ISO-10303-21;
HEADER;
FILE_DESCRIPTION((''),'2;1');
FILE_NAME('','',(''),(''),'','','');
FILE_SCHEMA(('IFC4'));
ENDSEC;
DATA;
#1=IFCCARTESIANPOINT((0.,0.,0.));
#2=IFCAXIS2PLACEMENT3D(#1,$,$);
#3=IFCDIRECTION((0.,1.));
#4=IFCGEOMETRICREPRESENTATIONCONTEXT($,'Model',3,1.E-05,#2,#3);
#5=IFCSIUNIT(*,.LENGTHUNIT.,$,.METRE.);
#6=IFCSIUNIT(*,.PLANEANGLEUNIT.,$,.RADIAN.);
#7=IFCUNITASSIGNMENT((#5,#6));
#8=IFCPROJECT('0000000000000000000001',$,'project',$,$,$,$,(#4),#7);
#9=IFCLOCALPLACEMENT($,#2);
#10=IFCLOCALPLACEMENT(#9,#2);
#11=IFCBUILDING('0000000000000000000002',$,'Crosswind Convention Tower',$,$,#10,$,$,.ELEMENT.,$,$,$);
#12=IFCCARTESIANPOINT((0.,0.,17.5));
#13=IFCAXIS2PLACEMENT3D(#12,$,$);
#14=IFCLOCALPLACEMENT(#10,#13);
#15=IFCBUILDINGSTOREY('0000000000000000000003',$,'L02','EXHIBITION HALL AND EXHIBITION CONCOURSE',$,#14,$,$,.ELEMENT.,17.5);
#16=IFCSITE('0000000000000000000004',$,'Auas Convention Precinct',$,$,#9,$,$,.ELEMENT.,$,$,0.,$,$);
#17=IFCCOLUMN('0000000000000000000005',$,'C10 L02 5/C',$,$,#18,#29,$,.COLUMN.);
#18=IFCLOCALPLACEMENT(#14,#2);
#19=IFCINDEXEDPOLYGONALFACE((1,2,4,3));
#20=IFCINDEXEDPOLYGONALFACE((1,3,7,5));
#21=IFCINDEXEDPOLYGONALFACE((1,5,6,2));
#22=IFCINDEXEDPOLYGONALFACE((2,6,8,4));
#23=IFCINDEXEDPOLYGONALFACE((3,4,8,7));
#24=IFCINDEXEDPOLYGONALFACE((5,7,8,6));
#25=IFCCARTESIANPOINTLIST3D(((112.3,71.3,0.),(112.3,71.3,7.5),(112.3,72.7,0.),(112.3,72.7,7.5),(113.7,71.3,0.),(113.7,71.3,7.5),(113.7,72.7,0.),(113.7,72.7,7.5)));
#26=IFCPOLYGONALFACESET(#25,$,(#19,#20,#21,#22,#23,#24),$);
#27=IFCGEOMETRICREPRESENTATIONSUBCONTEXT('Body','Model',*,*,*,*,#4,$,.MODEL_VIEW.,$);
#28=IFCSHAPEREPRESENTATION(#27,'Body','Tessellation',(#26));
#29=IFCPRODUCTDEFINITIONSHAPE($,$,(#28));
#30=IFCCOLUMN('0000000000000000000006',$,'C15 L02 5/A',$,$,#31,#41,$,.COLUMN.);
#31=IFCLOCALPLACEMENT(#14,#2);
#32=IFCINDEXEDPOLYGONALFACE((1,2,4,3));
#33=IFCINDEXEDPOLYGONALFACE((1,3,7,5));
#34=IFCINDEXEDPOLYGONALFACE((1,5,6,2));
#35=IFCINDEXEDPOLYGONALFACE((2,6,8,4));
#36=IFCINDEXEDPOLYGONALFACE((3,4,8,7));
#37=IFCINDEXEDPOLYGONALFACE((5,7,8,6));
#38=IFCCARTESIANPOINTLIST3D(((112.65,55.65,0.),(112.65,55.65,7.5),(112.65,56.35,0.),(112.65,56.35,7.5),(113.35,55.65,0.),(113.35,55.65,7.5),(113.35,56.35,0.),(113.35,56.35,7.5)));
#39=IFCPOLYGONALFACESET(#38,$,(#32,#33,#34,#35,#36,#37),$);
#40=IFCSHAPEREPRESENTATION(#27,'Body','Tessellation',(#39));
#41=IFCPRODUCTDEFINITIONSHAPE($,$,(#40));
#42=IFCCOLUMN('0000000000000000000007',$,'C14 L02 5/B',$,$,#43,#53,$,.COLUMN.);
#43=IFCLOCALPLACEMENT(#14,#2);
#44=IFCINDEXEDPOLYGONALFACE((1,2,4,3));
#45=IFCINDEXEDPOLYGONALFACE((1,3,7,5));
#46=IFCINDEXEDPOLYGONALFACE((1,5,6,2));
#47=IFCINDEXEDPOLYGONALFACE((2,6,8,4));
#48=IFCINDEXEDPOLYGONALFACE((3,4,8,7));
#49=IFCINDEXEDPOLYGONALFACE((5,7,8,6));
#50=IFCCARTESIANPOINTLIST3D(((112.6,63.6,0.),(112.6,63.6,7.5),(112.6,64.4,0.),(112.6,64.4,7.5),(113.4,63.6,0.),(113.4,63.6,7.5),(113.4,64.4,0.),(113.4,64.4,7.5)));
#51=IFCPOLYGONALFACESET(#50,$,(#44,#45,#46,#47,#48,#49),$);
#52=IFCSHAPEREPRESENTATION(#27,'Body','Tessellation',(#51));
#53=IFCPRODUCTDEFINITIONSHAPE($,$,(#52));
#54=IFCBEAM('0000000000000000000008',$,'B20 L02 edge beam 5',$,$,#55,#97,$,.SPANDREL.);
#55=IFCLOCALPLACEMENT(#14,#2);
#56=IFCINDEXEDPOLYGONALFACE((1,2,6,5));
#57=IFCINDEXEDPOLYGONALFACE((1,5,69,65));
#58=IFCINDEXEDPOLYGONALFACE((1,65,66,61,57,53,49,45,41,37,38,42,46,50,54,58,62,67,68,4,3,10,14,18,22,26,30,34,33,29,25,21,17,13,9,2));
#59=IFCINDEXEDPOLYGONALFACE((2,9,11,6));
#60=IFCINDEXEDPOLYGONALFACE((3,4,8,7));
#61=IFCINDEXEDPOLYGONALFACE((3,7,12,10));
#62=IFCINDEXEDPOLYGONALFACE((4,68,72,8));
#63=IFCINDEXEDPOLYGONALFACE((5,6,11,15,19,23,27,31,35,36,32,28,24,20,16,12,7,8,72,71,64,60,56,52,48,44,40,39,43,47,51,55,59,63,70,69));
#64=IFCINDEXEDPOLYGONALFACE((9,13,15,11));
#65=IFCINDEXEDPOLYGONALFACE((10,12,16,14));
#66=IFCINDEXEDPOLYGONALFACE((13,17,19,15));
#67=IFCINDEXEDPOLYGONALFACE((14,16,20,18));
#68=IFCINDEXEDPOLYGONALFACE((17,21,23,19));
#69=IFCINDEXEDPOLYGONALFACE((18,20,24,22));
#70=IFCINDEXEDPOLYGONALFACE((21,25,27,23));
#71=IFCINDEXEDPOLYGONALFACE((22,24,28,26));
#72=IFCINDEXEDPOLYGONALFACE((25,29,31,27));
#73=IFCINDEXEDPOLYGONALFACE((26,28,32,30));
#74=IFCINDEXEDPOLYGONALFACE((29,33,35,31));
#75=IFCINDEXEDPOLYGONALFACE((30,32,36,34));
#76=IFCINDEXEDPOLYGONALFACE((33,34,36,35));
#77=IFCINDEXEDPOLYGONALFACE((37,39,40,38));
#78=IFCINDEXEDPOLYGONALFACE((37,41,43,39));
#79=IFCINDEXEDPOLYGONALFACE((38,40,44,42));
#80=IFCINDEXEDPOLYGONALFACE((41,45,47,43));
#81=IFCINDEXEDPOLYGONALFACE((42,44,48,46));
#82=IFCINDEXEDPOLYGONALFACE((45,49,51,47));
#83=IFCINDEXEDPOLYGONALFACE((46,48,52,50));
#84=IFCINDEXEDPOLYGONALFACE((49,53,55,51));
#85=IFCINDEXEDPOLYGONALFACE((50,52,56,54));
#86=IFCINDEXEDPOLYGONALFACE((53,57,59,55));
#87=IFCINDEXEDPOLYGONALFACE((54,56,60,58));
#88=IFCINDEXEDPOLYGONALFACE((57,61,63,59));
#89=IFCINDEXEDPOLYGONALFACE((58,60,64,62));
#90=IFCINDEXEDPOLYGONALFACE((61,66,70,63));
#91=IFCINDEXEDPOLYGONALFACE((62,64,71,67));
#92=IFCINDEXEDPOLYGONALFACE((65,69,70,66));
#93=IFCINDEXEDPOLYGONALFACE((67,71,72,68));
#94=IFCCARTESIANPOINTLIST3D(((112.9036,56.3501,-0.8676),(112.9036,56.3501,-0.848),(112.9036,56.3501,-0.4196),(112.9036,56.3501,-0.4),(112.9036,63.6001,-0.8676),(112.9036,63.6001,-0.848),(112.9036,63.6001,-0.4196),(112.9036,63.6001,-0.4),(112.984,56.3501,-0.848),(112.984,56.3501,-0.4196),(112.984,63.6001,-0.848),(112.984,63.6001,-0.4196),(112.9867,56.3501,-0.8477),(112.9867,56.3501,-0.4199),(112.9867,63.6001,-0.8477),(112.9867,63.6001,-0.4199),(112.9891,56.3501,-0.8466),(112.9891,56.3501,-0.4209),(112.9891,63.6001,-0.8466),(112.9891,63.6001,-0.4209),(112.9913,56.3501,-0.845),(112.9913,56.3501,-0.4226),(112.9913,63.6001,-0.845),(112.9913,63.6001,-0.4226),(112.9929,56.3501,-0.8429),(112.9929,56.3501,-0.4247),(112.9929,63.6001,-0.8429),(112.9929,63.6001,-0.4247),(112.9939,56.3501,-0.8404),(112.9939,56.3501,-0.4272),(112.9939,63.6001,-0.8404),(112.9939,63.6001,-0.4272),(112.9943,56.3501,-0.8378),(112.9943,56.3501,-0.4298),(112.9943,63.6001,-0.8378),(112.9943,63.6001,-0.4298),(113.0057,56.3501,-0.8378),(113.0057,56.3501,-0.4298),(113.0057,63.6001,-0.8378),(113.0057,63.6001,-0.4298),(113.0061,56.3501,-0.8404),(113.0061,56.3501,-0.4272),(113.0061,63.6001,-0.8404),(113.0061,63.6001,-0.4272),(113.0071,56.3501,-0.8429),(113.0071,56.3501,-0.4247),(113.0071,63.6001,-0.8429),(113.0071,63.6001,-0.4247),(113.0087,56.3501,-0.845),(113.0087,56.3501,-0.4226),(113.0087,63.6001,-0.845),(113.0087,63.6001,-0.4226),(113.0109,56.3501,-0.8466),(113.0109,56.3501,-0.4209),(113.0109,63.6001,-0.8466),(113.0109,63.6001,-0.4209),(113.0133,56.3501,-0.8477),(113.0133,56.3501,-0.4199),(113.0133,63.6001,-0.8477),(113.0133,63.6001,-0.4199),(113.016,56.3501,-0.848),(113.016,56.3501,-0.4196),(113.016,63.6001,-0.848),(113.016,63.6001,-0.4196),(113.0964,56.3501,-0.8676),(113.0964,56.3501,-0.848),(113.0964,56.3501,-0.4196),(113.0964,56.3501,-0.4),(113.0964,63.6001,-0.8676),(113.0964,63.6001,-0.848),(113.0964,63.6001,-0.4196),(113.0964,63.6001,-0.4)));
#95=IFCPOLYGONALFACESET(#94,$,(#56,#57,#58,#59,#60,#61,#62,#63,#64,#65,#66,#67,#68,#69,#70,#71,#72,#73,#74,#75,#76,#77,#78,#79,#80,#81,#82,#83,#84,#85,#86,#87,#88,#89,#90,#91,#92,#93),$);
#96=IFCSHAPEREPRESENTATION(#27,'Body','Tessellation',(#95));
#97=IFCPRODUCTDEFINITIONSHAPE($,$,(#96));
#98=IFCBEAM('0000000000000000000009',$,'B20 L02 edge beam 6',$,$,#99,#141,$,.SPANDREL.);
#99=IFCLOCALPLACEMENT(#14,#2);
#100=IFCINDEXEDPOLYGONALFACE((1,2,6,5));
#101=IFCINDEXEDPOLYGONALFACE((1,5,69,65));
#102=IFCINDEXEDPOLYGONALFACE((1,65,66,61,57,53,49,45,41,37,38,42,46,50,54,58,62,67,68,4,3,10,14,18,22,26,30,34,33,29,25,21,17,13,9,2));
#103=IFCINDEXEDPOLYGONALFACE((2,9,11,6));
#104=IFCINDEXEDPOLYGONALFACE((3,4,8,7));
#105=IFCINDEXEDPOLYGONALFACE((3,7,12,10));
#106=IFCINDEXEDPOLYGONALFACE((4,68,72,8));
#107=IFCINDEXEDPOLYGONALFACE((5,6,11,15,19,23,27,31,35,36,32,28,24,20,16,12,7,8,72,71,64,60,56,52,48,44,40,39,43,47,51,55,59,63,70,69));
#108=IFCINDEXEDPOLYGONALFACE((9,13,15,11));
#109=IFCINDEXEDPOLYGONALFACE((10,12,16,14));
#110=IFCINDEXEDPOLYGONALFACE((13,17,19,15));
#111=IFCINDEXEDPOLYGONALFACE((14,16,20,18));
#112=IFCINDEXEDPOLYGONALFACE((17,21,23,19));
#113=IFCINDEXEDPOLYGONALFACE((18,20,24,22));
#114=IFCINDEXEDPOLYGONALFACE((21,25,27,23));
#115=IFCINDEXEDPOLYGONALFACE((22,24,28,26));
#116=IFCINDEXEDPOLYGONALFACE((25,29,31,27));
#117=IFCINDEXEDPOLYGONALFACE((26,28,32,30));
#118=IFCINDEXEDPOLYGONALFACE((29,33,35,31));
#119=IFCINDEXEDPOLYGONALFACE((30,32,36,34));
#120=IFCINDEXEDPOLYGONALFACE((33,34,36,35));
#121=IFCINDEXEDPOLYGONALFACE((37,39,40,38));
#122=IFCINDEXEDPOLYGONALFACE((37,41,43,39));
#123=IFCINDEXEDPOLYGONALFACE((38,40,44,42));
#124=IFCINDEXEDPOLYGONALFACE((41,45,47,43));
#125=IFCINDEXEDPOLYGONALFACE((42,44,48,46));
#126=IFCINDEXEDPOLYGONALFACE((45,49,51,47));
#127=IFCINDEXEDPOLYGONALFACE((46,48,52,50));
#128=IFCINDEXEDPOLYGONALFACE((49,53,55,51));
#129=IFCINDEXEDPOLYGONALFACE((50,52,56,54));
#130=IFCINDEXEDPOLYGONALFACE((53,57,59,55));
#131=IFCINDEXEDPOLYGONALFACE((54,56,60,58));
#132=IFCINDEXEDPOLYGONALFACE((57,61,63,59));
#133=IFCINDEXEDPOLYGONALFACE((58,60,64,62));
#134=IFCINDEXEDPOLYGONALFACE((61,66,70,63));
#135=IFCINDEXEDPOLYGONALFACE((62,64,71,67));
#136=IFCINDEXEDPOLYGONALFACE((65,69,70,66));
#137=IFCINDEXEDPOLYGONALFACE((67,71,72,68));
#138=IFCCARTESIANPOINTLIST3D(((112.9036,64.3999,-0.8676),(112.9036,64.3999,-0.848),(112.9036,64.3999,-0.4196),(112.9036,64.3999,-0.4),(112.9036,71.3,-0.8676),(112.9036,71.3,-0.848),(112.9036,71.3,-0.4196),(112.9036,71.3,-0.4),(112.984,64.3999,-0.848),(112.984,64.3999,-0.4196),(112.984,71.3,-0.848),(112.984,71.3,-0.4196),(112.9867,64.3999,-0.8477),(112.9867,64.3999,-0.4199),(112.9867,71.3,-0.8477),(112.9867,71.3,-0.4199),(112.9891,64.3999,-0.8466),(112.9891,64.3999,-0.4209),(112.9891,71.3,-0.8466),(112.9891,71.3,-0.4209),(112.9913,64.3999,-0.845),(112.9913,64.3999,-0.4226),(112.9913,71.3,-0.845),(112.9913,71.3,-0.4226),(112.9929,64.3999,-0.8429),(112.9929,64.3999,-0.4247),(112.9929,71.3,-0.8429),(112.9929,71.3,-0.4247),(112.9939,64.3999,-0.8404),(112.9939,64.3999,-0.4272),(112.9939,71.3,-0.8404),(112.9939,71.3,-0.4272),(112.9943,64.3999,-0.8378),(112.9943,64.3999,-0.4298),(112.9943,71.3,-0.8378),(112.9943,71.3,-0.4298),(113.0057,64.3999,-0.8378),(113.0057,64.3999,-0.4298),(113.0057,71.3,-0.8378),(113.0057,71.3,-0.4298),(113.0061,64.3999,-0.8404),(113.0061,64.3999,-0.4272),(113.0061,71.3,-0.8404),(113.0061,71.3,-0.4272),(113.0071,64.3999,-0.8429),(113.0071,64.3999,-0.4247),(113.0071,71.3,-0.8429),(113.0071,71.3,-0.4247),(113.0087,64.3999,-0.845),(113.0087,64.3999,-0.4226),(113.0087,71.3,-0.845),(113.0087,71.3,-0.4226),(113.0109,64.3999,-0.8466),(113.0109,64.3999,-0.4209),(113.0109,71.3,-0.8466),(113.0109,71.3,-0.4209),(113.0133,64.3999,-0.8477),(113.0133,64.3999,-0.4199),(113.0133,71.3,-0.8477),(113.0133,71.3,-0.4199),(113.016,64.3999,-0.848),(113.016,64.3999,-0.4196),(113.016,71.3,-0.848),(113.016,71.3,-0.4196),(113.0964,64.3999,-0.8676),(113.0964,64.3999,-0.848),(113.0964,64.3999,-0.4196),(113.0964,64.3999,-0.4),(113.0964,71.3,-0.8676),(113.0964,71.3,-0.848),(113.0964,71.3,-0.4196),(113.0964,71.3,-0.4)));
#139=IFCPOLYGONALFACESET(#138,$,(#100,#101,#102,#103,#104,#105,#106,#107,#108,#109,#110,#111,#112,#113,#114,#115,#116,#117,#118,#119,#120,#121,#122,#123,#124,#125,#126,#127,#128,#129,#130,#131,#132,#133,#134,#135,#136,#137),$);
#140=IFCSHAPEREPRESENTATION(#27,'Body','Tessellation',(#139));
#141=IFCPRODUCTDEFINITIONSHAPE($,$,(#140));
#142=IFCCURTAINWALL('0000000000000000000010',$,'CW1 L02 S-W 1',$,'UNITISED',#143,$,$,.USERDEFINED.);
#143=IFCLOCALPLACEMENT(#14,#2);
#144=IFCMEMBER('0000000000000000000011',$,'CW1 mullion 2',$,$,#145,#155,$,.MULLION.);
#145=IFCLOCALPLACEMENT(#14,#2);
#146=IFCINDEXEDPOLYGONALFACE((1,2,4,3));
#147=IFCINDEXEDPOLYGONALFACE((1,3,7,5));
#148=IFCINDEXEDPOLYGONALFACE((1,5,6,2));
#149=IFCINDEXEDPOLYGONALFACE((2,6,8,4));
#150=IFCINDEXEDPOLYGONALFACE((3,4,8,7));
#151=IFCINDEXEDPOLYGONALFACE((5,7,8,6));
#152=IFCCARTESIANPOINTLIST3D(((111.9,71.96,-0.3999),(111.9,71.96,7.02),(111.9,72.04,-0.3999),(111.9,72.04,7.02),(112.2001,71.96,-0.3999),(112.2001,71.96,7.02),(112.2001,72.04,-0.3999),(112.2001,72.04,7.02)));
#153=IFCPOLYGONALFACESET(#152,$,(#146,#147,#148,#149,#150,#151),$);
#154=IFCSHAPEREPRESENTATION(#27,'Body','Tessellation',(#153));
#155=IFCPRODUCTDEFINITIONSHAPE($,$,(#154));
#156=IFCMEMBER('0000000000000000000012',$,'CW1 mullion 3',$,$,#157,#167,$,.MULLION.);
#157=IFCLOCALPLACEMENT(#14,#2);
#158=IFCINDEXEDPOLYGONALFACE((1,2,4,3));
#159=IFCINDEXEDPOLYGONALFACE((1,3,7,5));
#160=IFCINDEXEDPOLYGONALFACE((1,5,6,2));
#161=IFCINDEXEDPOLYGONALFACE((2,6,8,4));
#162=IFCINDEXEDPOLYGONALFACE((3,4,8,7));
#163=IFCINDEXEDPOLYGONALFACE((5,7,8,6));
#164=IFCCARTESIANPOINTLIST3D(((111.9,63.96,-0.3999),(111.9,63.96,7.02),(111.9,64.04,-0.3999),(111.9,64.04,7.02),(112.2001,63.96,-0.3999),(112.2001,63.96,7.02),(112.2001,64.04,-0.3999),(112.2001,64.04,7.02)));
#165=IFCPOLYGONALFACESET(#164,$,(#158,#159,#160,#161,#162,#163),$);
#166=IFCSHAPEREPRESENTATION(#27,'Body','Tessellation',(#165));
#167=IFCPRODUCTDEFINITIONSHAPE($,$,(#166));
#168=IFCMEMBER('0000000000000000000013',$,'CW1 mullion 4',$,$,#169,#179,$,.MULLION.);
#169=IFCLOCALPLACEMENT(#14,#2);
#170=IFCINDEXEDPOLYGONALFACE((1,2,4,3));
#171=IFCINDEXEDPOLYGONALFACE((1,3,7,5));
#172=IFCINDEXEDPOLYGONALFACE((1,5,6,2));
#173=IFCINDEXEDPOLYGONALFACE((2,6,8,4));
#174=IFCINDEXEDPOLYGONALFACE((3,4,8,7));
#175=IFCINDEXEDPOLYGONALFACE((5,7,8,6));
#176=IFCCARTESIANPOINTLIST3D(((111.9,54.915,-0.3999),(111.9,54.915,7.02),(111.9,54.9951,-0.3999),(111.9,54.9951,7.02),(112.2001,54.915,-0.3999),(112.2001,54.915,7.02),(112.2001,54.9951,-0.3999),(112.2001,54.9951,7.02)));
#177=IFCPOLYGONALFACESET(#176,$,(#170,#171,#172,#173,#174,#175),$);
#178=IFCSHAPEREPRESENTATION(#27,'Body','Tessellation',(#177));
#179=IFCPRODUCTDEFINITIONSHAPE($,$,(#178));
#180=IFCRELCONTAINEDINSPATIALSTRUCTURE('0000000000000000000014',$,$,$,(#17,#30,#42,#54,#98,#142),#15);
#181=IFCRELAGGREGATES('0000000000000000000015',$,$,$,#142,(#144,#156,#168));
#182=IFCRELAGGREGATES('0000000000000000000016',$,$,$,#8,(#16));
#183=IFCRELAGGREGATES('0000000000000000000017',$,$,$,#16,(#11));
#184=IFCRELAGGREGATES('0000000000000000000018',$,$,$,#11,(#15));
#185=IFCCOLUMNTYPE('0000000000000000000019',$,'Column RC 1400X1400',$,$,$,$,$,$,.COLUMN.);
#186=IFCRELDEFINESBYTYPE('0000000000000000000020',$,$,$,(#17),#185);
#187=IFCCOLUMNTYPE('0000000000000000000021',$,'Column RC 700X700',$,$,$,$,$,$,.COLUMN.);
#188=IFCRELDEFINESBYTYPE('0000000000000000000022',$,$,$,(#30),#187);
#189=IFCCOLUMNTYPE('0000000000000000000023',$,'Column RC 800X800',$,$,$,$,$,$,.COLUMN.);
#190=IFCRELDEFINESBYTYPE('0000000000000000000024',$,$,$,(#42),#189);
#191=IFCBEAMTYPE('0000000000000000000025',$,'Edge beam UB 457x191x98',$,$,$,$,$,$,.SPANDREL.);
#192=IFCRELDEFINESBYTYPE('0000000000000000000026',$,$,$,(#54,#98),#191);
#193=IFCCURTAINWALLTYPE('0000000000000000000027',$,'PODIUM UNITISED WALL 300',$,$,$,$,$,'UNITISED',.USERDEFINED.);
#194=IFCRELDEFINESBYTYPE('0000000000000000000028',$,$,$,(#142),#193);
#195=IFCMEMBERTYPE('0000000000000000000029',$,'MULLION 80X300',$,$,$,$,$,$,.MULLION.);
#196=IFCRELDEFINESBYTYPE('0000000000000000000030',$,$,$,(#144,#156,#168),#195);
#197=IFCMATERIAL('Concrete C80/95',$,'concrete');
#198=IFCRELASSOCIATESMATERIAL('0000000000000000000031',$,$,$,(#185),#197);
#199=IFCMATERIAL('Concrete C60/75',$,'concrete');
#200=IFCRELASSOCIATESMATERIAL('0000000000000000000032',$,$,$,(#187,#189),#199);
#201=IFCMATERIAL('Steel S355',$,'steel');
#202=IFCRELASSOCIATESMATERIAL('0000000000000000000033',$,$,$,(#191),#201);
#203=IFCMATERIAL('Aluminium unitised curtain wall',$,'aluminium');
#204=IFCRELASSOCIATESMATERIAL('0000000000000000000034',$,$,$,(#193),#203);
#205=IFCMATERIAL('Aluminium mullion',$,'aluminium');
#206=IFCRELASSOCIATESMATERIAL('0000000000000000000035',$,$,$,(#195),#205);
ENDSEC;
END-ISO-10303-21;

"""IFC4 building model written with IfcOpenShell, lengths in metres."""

from ifc_helpers import new_model, si_unit, direction, frame, origin, origin_2d, place, context, subcontext, project, spatial, rectangle, i_section, extrude, material, material_profile, profile_set, type_object, element, aggregate, save


model = new_model("IFC4")

# Units and contexts
model_context = context("Model", 3, precision=1e-05, world=origin(), true_north=direction((0.0, 1.0)))
body_context = subcontext(model_context, "Body", "Model", "MODEL_VIEW")
ifc_project = project(units=[si_unit("LENGTHUNIT", "METRE"), si_unit("PLANEANGLEUNIT", "RADIAN")], contexts=[model_context])

# Site, building, storey
site_placement = place(None, origin())
site = spatial("IfcSite", under=ifc_project, at=site_placement, Name="Auas Convention Precinct", CompositionType="ELEMENT", RefElevation=0.0)
building_placement = place(site_placement, origin())
building = spatial("IfcBuilding", under=site, at=building_placement, Name="Crosswind Convention Tower", CompositionType="ELEMENT")
storey_placement = place(building_placement, frame((0.0, 0.0, 17.5)))
storey = spatial("IfcBuildingStorey", under=building, at=storey_placement, Name="L02", Description="EXHIBITION HALL AND EXHIBITION CONCOURSE", CompositionType="ELEMENT", Elevation=17.5)

# Columns
ifc_material_1 = material(Name="Concrete C80/95", Category="concrete")
ifc_material_profile_1 = material_profile(ifc_material_1, rectangle(XDim=1.3999, YDim=1.3999, at=origin_2d()), Name="RC 1400X1400")
ifc_profile_set_1 = profile_set([ifc_material_profile_1], Name="Concrete C80/95")
column_type_1 = type_object("IfcColumnType", Name="Column RC 1400X1400", PredefinedType="COLUMN", material=ifc_profile_set_1)
column_1_placement = place(storey_placement, frame((113.0, 72.0, 0.0), z_axis=(0.0, 0.0, 1.0), x_axis=(1.0, 0.0, 0.0)))
element("IfcColumn", 1, at=column_1_placement, inside=storey, type_object=column_type_1, Name="C10 L02 5/C", PredefinedType="COLUMN", context=body_context, shape_type="SweptSolid", body=[
    extrude(rectangle(XDim=1.3999, YDim=1.3999, at=origin_2d()), origin(), (0.0, 0.0, 1.0), 7.5),
])
ifc_material_2 = material(Name="Concrete C60/75", Category="concrete")
ifc_material_profile_2 = material_profile(ifc_material_2, rectangle(XDim=0.7, YDim=0.7, at=origin_2d()), Name="RC 700X700")
ifc_profile_set_2 = profile_set([ifc_material_profile_2], Name="Concrete C60/75")
column_type_2 = type_object("IfcColumnType", Name="Column RC 700X700", PredefinedType="COLUMN", material=ifc_profile_set_2)
column_2_placement = place(storey_placement, frame((113.0, 56.0, 0.0), z_axis=(0.0, 0.0, 1.0), x_axis=(1.0, 0.0, 0.0)))
element("IfcColumn", 2, at=column_2_placement, inside=storey, type_object=column_type_2, Name="C15 L02 5/A", PredefinedType="COLUMN", context=body_context, shape_type="SweptSolid", body=[
    extrude(rectangle(XDim=0.7, YDim=0.7, at=origin_2d()), origin(), (0.0, 0.0, 1.0), 7.5),
])
ifc_material_profile_3 = material_profile(ifc_material_2, rectangle(XDim=0.8, YDim=0.8, at=origin_2d()), Name="RC 800X800")
ifc_profile_set_3 = profile_set([ifc_material_profile_3], Name="Concrete C60/75")
column_type_3 = type_object("IfcColumnType", Name="Column RC 800X800", PredefinedType="COLUMN", material=ifc_profile_set_3)
column_3_placement = place(storey_placement, frame((113.0, 64.0, 0.0), z_axis=(0.0, 0.0, 1.0), x_axis=(1.0, 0.0, 0.0)))
element("IfcColumn", 3, at=column_3_placement, inside=storey, type_object=column_type_3, Name="C14 L02 5/B", PredefinedType="COLUMN", context=body_context, shape_type="SweptSolid", body=[
    extrude(rectangle(XDim=0.8, YDim=0.8, at=origin_2d()), origin(), (0.0, 0.0, 1.0), 7.5),
])

# Beams
ifc_material_3 = material(Name="Steel S355", Category="steel")
ifc_material_profile_4 = material_profile(ifc_material_3, i_section(OverallWidth=0.1929, OverallDepth=0.4675, WebThickness=0.0115, FlangeThickness=0.0195, FilletRadius=0.0103, at=origin_2d()), Name="UB 457x191x98")
ifc_profile_set_4 = profile_set([ifc_material_profile_4], Name="Steel S355")
beam_type_1 = type_object("IfcBeamType", Name="Edge beam UB 457x191x98", PredefinedType="SPANDREL", material=ifc_profile_set_4)
beam_1_placement = place(storey_placement, frame((113.0, 56.3501, -0.6338), z_axis=(0.0, 1.0, 0.0), x_axis=(-1.0, 0.0, 0.0)))
element("IfcBeam", 4, at=beam_1_placement, inside=storey, type_object=beam_type_1, Name="B20 L02 edge beam 5", PredefinedType="SPANDREL", context=body_context, shape_type="SweptSolid", body=[
    extrude(i_section(OverallWidth=0.1929, OverallDepth=0.4675, WebThickness=0.0115, FlangeThickness=0.0195, FilletRadius=0.0103, at=origin_2d()), origin(), (0.0, 0.0, 1.0), 7.25),
])
beam_2_placement = place(storey_placement, frame((113.0, 64.3999, -0.6338), z_axis=(0.0, 1.0, 0.0), x_axis=(-1.0, 0.0, 0.0)))
element("IfcBeam", 5, at=beam_2_placement, inside=storey, type_object=beam_type_1, Name="B20 L02 edge beam 6", PredefinedType="SPANDREL", context=body_context, shape_type="SweptSolid", body=[
    extrude(i_section(OverallWidth=0.1929, OverallDepth=0.4675, WebThickness=0.0115, FlangeThickness=0.0195, FilletRadius=0.0103, at=origin_2d()), origin(), (0.0, 0.0, 1.0), 6.9001),
])

# Curtain wall, members
ifc_material_4 = material(Name="Aluminium unitised curtain wall", Category="aluminium")
curtain_wall_type = type_object("IfcCurtainWallType", Name="PODIUM UNITISED WALL 300", ElementType="UNITISED", PredefinedType="USERDEFINED", material=ifc_material_4)
curtain_wall_placement = place(storey_placement, origin())
curtain_wall = element("IfcCurtainWall", 6, at=curtain_wall_placement, inside=storey, type_object=curtain_wall_type, Name="CW1 L02 S-W 1", ObjectType="UNITISED", PredefinedType="USERDEFINED")
ifc_material_5 = material(Name="Aluminium mullion", Category="aluminium")
ifc_material_profile_5 = material_profile(ifc_material_5, rectangle(XDim=0.3, YDim=0.0801, at=origin_2d()), Name="AL 300X80")
ifc_profile_set_5 = profile_set([ifc_material_profile_5], Name="Aluminium mullion")
member_type = type_object("IfcMemberType", Name="MULLION 80X300", PredefinedType="MULLION", material=ifc_profile_set_5)
member_1_placement = place(storey_placement, frame((112.05, 72.0, -0.3999), z_axis=(0.0, 0.0, 1.0), x_axis=(-1.0, 0.0, 0.0)))
member_1 = element("IfcMember", 7, at=member_1_placement, type_object=member_type, Name="CW1 mullion 2", PredefinedType="MULLION", context=body_context, shape_type="SweptSolid", body=[
    extrude(rectangle(XDim=0.3, YDim=0.0801, at=origin_2d()), origin(), (0.0, 0.0, 1.0), 7.4199),
])
member_2_placement = place(storey_placement, frame((112.05, 64.0, -0.3999), z_axis=(0.0, 0.0, 1.0), x_axis=(-1.0, 0.0, 0.0)))
member_2 = element("IfcMember", 8, at=member_2_placement, type_object=member_type, Name="CW1 mullion 3", PredefinedType="MULLION", context=body_context, shape_type="SweptSolid", body=[
    extrude(rectangle(XDim=0.3, YDim=0.0801, at=origin_2d()), origin(), (0.0, 0.0, 1.0), 7.4199),
])
member_3_placement = place(storey_placement, frame((112.05, 54.9551, -0.3999), z_axis=(0.0, 0.0, 1.0), x_axis=(-1.0, 0.0, 0.0)))
member_3 = element("IfcMember", 9, at=member_3_placement, type_object=member_type, Name="CW1 mullion 4", PredefinedType="MULLION", context=body_context, shape_type="SweptSolid", body=[
    extrude(rectangle(XDim=0.3, YDim=0.0801, at=origin_2d()), origin(), (0.0, 0.0, 1.0), 7.4199),
])

aggregate(curtain_wall, [member_1, member_2, member_3])

save(model, "model.ifc")
